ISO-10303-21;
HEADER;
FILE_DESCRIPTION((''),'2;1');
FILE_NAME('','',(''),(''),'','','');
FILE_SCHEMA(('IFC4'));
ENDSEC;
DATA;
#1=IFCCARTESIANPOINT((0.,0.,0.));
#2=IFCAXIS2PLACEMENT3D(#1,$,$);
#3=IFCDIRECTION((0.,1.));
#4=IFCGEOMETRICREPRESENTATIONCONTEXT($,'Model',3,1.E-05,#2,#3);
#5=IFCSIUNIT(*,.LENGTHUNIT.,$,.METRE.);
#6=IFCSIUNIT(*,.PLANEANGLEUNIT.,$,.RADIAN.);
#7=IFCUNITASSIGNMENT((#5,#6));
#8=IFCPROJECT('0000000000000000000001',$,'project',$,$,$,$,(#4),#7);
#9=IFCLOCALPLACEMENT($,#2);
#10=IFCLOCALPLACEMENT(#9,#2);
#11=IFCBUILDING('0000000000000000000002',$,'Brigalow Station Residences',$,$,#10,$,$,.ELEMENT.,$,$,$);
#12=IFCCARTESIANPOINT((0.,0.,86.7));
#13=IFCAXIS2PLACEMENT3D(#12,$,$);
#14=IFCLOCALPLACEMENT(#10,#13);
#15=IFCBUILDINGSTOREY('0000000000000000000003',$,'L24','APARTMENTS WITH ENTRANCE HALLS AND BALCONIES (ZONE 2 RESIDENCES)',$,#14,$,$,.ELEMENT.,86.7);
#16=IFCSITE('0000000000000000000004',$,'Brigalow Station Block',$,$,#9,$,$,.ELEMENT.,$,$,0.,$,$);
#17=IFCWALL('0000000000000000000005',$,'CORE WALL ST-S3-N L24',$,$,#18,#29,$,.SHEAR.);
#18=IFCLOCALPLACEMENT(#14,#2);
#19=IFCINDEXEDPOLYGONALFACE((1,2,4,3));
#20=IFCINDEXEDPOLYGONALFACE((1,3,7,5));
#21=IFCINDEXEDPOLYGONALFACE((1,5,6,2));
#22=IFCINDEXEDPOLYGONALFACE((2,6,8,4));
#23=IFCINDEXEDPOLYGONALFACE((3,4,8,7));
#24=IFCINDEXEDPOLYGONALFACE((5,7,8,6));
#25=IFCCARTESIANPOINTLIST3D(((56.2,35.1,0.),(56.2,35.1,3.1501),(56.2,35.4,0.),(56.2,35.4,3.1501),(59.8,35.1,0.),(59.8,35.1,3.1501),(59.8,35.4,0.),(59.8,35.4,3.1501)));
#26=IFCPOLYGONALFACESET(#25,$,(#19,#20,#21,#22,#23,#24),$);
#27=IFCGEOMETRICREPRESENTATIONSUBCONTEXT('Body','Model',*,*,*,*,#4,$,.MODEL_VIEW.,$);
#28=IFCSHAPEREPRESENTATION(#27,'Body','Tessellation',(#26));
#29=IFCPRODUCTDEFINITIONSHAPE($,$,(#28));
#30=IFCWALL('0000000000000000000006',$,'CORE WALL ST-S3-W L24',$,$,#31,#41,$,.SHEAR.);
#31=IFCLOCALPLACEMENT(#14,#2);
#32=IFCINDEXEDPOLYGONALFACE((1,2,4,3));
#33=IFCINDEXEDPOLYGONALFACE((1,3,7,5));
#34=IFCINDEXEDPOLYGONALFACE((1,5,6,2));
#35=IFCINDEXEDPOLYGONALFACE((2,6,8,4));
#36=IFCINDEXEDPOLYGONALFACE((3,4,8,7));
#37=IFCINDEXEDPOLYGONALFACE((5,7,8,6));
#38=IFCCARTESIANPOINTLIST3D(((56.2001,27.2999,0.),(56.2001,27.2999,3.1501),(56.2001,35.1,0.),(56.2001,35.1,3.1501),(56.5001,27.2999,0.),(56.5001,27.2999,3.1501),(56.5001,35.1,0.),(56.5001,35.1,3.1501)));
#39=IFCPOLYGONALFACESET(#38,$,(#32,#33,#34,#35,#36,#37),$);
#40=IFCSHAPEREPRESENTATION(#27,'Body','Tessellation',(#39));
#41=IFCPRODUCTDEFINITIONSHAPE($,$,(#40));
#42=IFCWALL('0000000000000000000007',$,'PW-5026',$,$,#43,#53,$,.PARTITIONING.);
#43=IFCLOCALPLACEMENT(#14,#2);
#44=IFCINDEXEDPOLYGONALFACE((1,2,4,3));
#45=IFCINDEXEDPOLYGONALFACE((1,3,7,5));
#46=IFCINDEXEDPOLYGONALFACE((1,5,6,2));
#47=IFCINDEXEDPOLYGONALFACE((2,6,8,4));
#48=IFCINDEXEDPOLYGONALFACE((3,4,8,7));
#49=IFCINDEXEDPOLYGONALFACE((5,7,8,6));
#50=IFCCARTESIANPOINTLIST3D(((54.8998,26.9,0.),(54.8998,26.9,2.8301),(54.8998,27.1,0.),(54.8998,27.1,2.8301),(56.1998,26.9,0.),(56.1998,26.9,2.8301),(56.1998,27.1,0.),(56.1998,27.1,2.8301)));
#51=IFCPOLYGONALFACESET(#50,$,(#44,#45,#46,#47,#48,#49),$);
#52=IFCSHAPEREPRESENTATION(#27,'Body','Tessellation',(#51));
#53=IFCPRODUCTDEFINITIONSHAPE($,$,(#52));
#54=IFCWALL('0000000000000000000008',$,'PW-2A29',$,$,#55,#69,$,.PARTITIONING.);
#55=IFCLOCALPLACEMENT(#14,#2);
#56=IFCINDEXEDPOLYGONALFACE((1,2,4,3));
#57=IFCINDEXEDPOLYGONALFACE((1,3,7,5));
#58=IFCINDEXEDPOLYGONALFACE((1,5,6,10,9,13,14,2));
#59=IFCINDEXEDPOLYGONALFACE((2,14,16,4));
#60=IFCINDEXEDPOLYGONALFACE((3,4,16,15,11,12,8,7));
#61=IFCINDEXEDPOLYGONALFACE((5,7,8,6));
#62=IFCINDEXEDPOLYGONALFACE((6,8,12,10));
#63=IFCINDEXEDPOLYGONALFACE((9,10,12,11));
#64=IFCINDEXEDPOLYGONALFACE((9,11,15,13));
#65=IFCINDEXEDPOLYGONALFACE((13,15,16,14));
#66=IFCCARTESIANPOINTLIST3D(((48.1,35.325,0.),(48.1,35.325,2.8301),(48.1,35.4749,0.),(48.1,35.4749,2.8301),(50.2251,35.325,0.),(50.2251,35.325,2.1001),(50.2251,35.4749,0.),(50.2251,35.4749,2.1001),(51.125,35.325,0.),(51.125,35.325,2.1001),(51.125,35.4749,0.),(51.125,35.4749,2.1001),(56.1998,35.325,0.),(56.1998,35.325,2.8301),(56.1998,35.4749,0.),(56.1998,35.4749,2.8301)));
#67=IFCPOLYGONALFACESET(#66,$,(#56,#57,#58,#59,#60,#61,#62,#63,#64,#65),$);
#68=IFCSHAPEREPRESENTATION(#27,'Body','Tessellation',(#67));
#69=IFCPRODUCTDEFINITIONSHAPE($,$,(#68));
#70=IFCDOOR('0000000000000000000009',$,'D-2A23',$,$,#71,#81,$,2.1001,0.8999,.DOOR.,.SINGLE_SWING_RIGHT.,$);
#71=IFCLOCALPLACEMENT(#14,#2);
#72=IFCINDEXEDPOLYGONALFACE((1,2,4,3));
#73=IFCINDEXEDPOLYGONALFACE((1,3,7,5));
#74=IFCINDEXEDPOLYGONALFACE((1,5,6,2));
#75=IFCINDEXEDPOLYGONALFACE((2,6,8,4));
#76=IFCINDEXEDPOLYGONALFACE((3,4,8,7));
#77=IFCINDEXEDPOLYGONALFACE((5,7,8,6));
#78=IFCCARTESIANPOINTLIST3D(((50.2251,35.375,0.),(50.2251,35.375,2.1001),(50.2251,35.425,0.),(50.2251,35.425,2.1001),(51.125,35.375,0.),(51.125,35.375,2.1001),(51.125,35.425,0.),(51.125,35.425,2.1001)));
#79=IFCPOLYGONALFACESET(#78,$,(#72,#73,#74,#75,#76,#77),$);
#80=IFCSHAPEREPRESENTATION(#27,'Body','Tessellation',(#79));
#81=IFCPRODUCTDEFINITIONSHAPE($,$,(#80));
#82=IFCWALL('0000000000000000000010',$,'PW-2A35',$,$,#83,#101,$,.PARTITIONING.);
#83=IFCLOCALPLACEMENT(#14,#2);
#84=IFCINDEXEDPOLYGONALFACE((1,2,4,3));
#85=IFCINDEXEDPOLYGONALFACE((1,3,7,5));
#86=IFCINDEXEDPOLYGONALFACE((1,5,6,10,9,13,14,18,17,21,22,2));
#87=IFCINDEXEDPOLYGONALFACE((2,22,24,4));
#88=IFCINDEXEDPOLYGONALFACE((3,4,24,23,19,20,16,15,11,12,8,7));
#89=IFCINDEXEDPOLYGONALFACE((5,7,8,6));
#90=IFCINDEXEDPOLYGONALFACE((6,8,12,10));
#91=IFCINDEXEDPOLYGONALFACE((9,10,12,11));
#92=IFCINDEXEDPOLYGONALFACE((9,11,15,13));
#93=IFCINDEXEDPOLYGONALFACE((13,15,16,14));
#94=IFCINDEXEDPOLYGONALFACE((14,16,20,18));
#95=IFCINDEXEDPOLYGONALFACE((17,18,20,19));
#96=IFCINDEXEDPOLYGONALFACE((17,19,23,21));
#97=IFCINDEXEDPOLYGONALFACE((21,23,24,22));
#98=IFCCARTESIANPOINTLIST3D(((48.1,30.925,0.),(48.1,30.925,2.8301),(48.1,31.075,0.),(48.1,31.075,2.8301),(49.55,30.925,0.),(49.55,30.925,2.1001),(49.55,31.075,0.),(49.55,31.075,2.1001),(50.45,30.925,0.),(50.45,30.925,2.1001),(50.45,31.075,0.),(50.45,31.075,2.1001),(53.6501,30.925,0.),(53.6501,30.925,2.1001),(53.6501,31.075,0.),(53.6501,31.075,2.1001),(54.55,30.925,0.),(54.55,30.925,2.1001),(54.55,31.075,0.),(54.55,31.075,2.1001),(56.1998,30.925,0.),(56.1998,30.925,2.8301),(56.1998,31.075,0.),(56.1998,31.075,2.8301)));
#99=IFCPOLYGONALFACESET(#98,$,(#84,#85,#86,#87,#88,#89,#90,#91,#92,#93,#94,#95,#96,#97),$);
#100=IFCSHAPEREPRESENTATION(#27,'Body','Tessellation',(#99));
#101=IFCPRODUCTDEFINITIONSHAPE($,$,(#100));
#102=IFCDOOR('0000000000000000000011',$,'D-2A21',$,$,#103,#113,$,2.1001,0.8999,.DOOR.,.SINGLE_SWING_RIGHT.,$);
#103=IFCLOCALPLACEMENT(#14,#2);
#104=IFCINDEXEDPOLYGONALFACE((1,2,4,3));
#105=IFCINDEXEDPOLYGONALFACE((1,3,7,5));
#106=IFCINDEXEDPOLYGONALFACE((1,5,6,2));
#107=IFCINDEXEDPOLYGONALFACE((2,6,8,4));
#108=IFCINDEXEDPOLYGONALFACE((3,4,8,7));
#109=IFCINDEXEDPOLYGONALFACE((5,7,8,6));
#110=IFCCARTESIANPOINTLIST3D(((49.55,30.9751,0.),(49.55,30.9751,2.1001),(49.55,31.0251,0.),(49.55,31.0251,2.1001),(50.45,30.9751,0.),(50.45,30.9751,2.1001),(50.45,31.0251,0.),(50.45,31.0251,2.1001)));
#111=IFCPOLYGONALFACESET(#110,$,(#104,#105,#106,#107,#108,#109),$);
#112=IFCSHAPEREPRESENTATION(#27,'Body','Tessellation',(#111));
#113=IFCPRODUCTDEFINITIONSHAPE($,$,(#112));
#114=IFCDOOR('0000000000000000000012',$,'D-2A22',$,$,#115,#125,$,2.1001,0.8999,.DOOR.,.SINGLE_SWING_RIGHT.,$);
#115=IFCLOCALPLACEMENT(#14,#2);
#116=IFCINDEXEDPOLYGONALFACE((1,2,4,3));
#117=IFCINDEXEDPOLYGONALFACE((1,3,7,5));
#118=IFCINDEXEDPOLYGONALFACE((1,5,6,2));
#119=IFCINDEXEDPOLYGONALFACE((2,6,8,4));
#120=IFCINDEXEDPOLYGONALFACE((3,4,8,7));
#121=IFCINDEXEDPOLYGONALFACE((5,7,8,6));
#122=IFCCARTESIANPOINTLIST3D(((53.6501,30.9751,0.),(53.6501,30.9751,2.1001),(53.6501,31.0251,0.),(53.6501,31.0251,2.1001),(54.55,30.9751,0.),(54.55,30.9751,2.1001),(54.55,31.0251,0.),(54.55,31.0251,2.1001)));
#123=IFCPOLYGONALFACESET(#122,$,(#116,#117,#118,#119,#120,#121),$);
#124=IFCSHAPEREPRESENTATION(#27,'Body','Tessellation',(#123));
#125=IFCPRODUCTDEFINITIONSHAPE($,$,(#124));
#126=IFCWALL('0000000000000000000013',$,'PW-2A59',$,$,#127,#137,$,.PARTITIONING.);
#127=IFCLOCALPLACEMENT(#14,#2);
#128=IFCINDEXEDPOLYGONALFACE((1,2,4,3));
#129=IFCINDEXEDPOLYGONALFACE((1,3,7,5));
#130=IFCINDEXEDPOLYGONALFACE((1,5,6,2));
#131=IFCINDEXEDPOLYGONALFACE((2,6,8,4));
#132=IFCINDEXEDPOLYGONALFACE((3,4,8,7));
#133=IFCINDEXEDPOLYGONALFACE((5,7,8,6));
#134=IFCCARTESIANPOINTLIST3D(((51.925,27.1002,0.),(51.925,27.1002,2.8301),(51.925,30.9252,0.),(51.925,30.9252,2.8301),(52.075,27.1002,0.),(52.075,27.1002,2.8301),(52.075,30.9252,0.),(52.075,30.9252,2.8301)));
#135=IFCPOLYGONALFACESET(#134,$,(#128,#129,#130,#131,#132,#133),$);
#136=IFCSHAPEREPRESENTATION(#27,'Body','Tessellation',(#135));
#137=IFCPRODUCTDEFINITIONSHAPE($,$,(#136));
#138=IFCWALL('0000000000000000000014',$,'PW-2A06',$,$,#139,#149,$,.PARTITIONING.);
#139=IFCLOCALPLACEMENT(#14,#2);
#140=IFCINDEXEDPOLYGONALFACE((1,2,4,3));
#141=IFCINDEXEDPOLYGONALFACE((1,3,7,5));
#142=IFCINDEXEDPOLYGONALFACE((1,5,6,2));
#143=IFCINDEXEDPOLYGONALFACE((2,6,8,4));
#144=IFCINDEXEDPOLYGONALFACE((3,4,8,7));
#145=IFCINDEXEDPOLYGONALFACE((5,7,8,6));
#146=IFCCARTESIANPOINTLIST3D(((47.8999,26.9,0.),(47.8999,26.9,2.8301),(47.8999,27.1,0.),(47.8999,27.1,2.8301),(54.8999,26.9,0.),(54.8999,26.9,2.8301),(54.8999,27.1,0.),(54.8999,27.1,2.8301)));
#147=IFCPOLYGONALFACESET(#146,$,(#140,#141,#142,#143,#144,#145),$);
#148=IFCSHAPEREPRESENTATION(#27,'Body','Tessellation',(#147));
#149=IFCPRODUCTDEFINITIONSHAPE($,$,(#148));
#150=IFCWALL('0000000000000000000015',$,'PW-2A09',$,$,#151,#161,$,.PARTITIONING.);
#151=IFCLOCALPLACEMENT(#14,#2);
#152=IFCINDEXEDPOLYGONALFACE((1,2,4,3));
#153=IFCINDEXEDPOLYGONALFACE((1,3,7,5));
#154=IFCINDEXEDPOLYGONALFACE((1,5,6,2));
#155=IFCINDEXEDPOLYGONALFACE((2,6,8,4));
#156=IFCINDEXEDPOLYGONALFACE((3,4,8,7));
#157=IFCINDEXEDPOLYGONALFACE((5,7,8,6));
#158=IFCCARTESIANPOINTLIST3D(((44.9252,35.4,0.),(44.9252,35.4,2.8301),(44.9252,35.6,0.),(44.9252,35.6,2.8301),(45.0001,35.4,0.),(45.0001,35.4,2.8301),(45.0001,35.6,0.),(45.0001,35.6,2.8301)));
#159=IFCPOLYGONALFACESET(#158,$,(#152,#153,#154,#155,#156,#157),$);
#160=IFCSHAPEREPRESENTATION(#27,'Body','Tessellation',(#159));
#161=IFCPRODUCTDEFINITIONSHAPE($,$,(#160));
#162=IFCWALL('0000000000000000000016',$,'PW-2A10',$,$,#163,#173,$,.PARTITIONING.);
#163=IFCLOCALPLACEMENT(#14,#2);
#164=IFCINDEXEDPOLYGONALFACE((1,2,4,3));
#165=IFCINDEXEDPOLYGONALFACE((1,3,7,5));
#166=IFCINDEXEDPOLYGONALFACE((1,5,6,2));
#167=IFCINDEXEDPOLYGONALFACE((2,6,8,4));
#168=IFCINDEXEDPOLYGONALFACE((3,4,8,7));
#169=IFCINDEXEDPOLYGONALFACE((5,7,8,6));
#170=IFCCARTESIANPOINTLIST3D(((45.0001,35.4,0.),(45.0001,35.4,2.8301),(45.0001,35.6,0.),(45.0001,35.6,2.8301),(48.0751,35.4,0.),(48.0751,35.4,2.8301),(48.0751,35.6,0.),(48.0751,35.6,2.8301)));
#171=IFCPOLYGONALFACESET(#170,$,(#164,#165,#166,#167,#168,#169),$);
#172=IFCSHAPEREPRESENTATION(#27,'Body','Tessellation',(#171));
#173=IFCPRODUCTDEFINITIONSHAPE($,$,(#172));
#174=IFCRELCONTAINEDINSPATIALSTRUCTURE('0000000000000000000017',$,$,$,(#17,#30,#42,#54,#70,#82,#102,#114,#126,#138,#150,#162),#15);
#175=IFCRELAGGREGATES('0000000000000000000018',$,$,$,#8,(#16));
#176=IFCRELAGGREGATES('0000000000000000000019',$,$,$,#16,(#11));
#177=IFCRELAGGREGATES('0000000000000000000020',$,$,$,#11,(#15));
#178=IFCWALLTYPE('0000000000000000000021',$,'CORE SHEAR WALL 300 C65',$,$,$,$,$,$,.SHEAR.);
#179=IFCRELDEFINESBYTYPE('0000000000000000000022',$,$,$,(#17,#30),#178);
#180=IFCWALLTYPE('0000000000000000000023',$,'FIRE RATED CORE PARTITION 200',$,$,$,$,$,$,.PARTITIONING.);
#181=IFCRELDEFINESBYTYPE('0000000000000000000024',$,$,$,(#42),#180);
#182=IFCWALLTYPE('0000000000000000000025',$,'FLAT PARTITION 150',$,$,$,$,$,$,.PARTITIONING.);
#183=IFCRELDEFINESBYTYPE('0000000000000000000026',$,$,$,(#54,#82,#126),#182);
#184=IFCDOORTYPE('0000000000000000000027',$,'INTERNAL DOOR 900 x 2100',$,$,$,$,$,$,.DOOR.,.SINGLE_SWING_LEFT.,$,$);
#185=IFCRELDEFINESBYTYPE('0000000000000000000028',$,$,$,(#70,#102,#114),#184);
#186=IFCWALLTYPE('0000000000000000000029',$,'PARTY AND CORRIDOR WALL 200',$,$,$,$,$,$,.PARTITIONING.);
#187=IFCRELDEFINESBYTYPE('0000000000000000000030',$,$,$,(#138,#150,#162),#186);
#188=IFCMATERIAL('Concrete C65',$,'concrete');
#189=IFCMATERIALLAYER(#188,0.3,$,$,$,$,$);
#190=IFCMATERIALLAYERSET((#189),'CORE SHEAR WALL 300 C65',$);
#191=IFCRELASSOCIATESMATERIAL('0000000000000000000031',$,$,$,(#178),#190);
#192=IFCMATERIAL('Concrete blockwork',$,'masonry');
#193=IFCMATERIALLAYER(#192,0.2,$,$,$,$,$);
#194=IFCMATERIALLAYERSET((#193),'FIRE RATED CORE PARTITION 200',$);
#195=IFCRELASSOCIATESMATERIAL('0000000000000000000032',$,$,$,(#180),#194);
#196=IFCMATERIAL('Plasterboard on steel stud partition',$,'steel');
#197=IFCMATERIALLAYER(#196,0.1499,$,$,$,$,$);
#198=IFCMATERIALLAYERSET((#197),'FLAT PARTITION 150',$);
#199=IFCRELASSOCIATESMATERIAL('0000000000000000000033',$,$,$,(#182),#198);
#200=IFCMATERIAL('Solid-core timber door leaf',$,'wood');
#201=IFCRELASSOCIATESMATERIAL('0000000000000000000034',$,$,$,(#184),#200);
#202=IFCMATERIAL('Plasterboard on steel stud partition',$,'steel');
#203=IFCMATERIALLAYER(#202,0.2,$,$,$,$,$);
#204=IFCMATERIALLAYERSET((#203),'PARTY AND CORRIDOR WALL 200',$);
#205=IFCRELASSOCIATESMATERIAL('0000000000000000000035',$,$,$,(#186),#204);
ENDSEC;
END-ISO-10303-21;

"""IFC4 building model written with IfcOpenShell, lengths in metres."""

from ifc_helpers import new_model, si_unit, direction, frame, frame_2d, origin, place, context, subcontext, project, spatial, rectangle, extrude, material, layer, layer_set, type_object, element, fill, save


model = new_model("IFC4")

# Units and contexts
model_context = context("Model", 3, precision=1e-05, world=origin(), true_north=direction((0.0, 1.0)))
body_context = subcontext(model_context, "Body", "Model", "MODEL_VIEW")
ifc_project = project(units=[si_unit("LENGTHUNIT", "METRE"), si_unit("PLANEANGLEUNIT", "RADIAN")], contexts=[model_context])

# Site, building, storey
site_placement = place(None, origin())
site = spatial("IfcSite", under=ifc_project, at=site_placement, Name="Brigalow Station Block", CompositionType="ELEMENT", RefElevation=0.0)
building_placement = place(site_placement, origin())
building = spatial("IfcBuilding", under=site, at=building_placement, Name="Brigalow Station Residences", CompositionType="ELEMENT")
storey_placement = place(building_placement, frame((0.0, 0.0, 86.7)))
storey = spatial("IfcBuildingStorey", under=building, at=storey_placement, Name="L24", Description="APARTMENTS WITH ENTRANCE HALLS AND BALCONIES (ZONE 2 RESIDENCES)", CompositionType="ELEMENT", Elevation=86.7)

# Shared definitions
ifc_material_1 = material(Name="Concrete C65", Category="concrete")
ifc_layer_1 = layer(ifc_material_1, 0.3)
ifc_layer_set_1 = layer_set([ifc_layer_1], Name="CORE SHEAR WALL 300 C65")
wall_type_1 = type_object("IfcWallType", Name="CORE SHEAR WALL 300 C65", PredefinedType="SHEAR", material=ifc_layer_set_1)

# Walls
wall_1_placement = place(storey_placement, frame((56.2, 35.25, 0.0), z_axis=(0.0, 0.0, 1.0), x_axis=(1.0, 0.0, 0.0)))
element("IfcWall", 1, at=wall_1_placement, inside=storey, type_object=wall_type_1, Name="CORE WALL ST-S3-N L24", PredefinedType="SHEAR", context=body_context, shape_type="SweptSolid", body=[
    extrude(rectangle(XDim=3.6001, YDim=0.3, at=frame_2d((1.8, 0.0))), origin(), (0.0, 0.0, 1.0), 3.1501),
])
wall_2_placement = place(storey_placement, frame((56.3501, 27.3, 0.0), z_axis=(0.0, 0.0, 1.0), x_axis=(0.0, 1.0, 0.0)))
element("IfcWall", 2, at=wall_2_placement, inside=storey, type_object=wall_type_1, Name="CORE WALL ST-S3-W L24", PredefinedType="SHEAR", context=body_context, shape_type="SweptSolid", body=[
    extrude(rectangle(XDim=7.8, YDim=0.3, at=frame_2d((3.8999, 0.0))), origin(), (0.0, 0.0, 1.0), 3.1501),
])
ifc_material_2 = material(Name="Concrete blockwork", Category="masonry")
ifc_layer_2 = layer(ifc_material_2, 0.2)
ifc_layer_set_2 = layer_set([ifc_layer_2], Name="FIRE RATED CORE PARTITION 200")
wall_type_2 = type_object("IfcWallType", Name="FIRE RATED CORE PARTITION 200", PredefinedType="PARTITIONING", material=ifc_layer_set_2)
wall_3_placement = place(storey_placement, frame((54.8999, 27.0, 0.0), z_axis=(0.0, 0.0, 1.0), x_axis=(1.0, 0.0, 0.0)))
element("IfcWall", 3, at=wall_3_placement, inside=storey, type_object=wall_type_2, Name="PW-5026", PredefinedType="PARTITIONING", context=body_context, shape_type="SweptSolid", body=[
    extrude(rectangle(XDim=1.3, YDim=0.2, at=frame_2d((0.6499, 0.0))), origin(), (0.0, 0.0, 1.0), 2.8301),
])

# Wall, opening, door
ifc_material_3 = material(Name="Plasterboard on steel stud partition", Category="steel")
ifc_layer_3 = layer(ifc_material_3, 0.1499)
ifc_layer_set_3 = layer_set([ifc_layer_3], Name="FLAT PARTITION 150")
wall_type_3 = type_object("IfcWallType", Name="FLAT PARTITION 150", PredefinedType="PARTITIONING", material=ifc_layer_set_3)
wall_4_placement = place(storey_placement, frame((48.1001, 35.3999, 0.0), z_axis=(0.0, 0.0, 1.0), x_axis=(1.0, 0.0, 0.0)))
wall_4 = element("IfcWall", 4, at=wall_4_placement, inside=storey, type_object=wall_type_3, Name="PW-2A29", PredefinedType="PARTITIONING", context=body_context, shape_type="SweptSolid", body=[
    extrude(rectangle(XDim=8.0999, YDim=0.1499, at=frame_2d((4.0498, 0.0))), origin(), (0.0, 0.0, 1.0), 2.8301),
])
opening_1_placement = place(wall_4_placement, frame((2.125, 0.0, 0.0)))
opening_1 = element("IfcOpeningElement", 5, at=opening_1_placement, cuts=wall_4, PredefinedType="OPENING", context=body_context, shape_type="SweptSolid", body=[
    extrude(rectangle(XDim=0.8999, YDim=2.1001, at=frame_2d((0.45, 1.05))), frame((0.0, 0.085, 0.0), z_axis=(0.0, -1.0, 0.0), x_axis=(1.0, 0.0, 0.0)), (0.0, 0.0, 1.0), 0.1699),
])
ifc_material_4 = material(Name="Solid-core timber door leaf", Category="wood")
door_type_1 = type_object("IfcDoorType", Name="INTERNAL DOOR 900 x 2100", OperationType="SINGLE_SWING_LEFT", PredefinedType="DOOR", material=ifc_material_4)
door_1_placement = place(opening_1_placement, frame((0.8999, 0.0, 0.0), z_axis=(0.0, 0.0, 1.0), x_axis=(-1.0, 0.0, 0.0)))
door_1 = element("IfcDoor", 6, at=door_1_placement, inside=storey, type_object=door_type_1, Name="D-2A23", OperationType="SINGLE_SWING_RIGHT", OverallHeight=2.1001, OverallWidth=0.8999, PredefinedType="DOOR", context=body_context, shape_type="SweptSolid", body=[
    extrude(rectangle(XDim=0.8999, YDim=2.1001, at=frame_2d((0.45, 1.05))), frame((0.0, 0.0249, 0.0), z_axis=(0.0, -1.0, 0.0), x_axis=(1.0, 0.0, 0.0)), (0.0, 0.0, 1.0), 0.05),
])
fill(opening_1, door_1)

# Wall, openings, doors
wall_5_placement = place(storey_placement, frame((48.1001, 31.0, 0.0), z_axis=(0.0, 0.0, 1.0), x_axis=(1.0, 0.0, 0.0)))
wall_5 = element("IfcWall", 7, at=wall_5_placement, inside=storey, type_object=wall_type_3, Name="PW-2A35", PredefinedType="PARTITIONING", context=body_context, shape_type="SweptSolid", body=[
    extrude(rectangle(XDim=8.0999, YDim=0.1499, at=frame_2d((4.0498, 0.0))), origin(), (0.0, 0.0, 1.0), 2.8301),
])
opening_2_placement = place(wall_5_placement, frame((1.45, 0.0, 0.0)))
opening_2 = element("IfcOpeningElement", 8, at=opening_2_placement, cuts=wall_5, PredefinedType="OPENING", context=body_context, shape_type="SweptSolid", body=[
    extrude(rectangle(XDim=0.8999, YDim=2.1001, at=frame_2d((0.45, 1.05))), frame((0.0, 0.085, 0.0), z_axis=(0.0, -1.0, 0.0), x_axis=(1.0, 0.0, 0.0)), (0.0, 0.0, 1.0), 0.1699),
])
opening_3_placement = place(wall_5_placement, frame((5.55, 0.0, 0.0)))
opening_3 = element("IfcOpeningElement", 9, at=opening_3_placement, cuts=wall_5, PredefinedType="OPENING", context=body_context, shape_type="SweptSolid", body=[
    extrude(rectangle(XDim=0.8999, YDim=2.1001, at=frame_2d((0.45, 1.05))), frame((0.0, 0.085, 0.0), z_axis=(0.0, -1.0, 0.0), x_axis=(1.0, 0.0, 0.0)), (0.0, 0.0, 1.0), 0.1699),
])
door_2_placement = place(opening_2_placement, frame((0.8999, 0.0, 0.0), z_axis=(0.0, 0.0, 1.0), x_axis=(-1.0, 0.0, 0.0)))
door_2 = element("IfcDoor", 10, at=door_2_placement, inside=storey, type_object=door_type_1, Name="D-2A21", OperationType="SINGLE_SWING_RIGHT", OverallHeight=2.1001, OverallWidth=0.8999, PredefinedType="DOOR", context=body_context, shape_type="SweptSolid", body=[
    extrude(rectangle(XDim=0.8999, YDim=2.1001, at=frame_2d((0.45, 1.05))), frame((0.0, 0.0249, 0.0), z_axis=(0.0, -1.0, 0.0), x_axis=(1.0, 0.0, 0.0)), (0.0, 0.0, 1.0), 0.05),
])
fill(opening_2, door_2)
door_3_placement = place(opening_3_placement, frame((0.8999, 0.0, 0.0), z_axis=(0.0, 0.0, 1.0), x_axis=(-1.0, 0.0, 0.0)))
door_3 = element("IfcDoor", 11, at=door_3_placement, inside=storey, type_object=door_type_1, Name="D-2A22", OperationType="SINGLE_SWING_RIGHT", OverallHeight=2.1001, OverallWidth=0.8999, PredefinedType="DOOR", context=body_context, shape_type="SweptSolid", body=[
    extrude(rectangle(XDim=0.8999, YDim=2.1001, at=frame_2d((0.45, 1.05))), frame((0.0, 0.0249, 0.0), z_axis=(0.0, -1.0, 0.0), x_axis=(1.0, 0.0, 0.0)), (0.0, 0.0, 1.0), 0.05),
])
fill(opening_3, door_3)

# Walls
wall_6_placement = place(storey_placement, frame((52.0, 27.1001, 0.0), z_axis=(0.0, 0.0, 1.0), x_axis=(0.0, 1.0, 0.0)))
element("IfcWall", 12, at=wall_6_placement, inside=storey, type_object=wall_type_3, Name="PW-2A59", PredefinedType="PARTITIONING", context=body_context, shape_type="SweptSolid", body=[
    extrude(rectangle(XDim=3.825, YDim=0.1499, at=frame_2d((1.9126, 0.0))), origin(), (0.0, 0.0, 1.0), 2.8301),
])
ifc_material_5 = material(Name="Plasterboard on steel stud partition", Category="steel")
ifc_layer_4 = layer(ifc_material_5, 0.2)
ifc_layer_set_4 = layer_set([ifc_layer_4], Name="PARTY AND CORRIDOR WALL 200")
wall_type_4 = type_object("IfcWallType", Name="PARTY AND CORRIDOR WALL 200", PredefinedType="PARTITIONING", material=ifc_layer_set_4)
wall_7_placement = place(storey_placement, frame((47.8999, 27.0, 0.0), z_axis=(0.0, 0.0, 1.0), x_axis=(1.0, 0.0, 0.0)))
element("IfcWall", 13, at=wall_7_placement, inside=storey, type_object=wall_type_4, Name="PW-2A06", PredefinedType="PARTITIONING", context=body_context, shape_type="SweptSolid", body=[
    extrude(rectangle(XDim=7.0, YDim=0.2, at=frame_2d((3.5, 0.0))), origin(), (0.0, 0.0, 1.0), 2.8301),
])
wall_8_placement = place(storey_placement, frame((44.925, 35.5, 0.0), z_axis=(0.0, 0.0, 1.0), x_axis=(1.0, 0.0, 0.0)))
element("IfcWall", 14, at=wall_8_placement, inside=storey, type_object=wall_type_4, Name="PW-2A09", PredefinedType="PARTITIONING", context=body_context, shape_type="SweptSolid", body=[
    extrude(rectangle(XDim=0.075, YDim=0.2, at=frame_2d((0.0376, 0.0))), origin(), (0.0, 0.0, 1.0), 2.8301),
])
wall_9_placement = place(storey_placement, frame((45.0, 35.5, 0.0), z_axis=(0.0, 0.0, 1.0), x_axis=(1.0, 0.0, 0.0)))
element("IfcWall", 15, at=wall_9_placement, inside=storey, type_object=wall_type_4, Name="PW-2A10", PredefinedType="PARTITIONING", context=body_context, shape_type="SweptSolid", body=[
    extrude(rectangle(XDim=3.075, YDim=0.2, at=frame_2d((1.5376, 0.0))), origin(), (0.0, 0.0, 1.0), 2.8301),
])

save(model, "model.ifc")
